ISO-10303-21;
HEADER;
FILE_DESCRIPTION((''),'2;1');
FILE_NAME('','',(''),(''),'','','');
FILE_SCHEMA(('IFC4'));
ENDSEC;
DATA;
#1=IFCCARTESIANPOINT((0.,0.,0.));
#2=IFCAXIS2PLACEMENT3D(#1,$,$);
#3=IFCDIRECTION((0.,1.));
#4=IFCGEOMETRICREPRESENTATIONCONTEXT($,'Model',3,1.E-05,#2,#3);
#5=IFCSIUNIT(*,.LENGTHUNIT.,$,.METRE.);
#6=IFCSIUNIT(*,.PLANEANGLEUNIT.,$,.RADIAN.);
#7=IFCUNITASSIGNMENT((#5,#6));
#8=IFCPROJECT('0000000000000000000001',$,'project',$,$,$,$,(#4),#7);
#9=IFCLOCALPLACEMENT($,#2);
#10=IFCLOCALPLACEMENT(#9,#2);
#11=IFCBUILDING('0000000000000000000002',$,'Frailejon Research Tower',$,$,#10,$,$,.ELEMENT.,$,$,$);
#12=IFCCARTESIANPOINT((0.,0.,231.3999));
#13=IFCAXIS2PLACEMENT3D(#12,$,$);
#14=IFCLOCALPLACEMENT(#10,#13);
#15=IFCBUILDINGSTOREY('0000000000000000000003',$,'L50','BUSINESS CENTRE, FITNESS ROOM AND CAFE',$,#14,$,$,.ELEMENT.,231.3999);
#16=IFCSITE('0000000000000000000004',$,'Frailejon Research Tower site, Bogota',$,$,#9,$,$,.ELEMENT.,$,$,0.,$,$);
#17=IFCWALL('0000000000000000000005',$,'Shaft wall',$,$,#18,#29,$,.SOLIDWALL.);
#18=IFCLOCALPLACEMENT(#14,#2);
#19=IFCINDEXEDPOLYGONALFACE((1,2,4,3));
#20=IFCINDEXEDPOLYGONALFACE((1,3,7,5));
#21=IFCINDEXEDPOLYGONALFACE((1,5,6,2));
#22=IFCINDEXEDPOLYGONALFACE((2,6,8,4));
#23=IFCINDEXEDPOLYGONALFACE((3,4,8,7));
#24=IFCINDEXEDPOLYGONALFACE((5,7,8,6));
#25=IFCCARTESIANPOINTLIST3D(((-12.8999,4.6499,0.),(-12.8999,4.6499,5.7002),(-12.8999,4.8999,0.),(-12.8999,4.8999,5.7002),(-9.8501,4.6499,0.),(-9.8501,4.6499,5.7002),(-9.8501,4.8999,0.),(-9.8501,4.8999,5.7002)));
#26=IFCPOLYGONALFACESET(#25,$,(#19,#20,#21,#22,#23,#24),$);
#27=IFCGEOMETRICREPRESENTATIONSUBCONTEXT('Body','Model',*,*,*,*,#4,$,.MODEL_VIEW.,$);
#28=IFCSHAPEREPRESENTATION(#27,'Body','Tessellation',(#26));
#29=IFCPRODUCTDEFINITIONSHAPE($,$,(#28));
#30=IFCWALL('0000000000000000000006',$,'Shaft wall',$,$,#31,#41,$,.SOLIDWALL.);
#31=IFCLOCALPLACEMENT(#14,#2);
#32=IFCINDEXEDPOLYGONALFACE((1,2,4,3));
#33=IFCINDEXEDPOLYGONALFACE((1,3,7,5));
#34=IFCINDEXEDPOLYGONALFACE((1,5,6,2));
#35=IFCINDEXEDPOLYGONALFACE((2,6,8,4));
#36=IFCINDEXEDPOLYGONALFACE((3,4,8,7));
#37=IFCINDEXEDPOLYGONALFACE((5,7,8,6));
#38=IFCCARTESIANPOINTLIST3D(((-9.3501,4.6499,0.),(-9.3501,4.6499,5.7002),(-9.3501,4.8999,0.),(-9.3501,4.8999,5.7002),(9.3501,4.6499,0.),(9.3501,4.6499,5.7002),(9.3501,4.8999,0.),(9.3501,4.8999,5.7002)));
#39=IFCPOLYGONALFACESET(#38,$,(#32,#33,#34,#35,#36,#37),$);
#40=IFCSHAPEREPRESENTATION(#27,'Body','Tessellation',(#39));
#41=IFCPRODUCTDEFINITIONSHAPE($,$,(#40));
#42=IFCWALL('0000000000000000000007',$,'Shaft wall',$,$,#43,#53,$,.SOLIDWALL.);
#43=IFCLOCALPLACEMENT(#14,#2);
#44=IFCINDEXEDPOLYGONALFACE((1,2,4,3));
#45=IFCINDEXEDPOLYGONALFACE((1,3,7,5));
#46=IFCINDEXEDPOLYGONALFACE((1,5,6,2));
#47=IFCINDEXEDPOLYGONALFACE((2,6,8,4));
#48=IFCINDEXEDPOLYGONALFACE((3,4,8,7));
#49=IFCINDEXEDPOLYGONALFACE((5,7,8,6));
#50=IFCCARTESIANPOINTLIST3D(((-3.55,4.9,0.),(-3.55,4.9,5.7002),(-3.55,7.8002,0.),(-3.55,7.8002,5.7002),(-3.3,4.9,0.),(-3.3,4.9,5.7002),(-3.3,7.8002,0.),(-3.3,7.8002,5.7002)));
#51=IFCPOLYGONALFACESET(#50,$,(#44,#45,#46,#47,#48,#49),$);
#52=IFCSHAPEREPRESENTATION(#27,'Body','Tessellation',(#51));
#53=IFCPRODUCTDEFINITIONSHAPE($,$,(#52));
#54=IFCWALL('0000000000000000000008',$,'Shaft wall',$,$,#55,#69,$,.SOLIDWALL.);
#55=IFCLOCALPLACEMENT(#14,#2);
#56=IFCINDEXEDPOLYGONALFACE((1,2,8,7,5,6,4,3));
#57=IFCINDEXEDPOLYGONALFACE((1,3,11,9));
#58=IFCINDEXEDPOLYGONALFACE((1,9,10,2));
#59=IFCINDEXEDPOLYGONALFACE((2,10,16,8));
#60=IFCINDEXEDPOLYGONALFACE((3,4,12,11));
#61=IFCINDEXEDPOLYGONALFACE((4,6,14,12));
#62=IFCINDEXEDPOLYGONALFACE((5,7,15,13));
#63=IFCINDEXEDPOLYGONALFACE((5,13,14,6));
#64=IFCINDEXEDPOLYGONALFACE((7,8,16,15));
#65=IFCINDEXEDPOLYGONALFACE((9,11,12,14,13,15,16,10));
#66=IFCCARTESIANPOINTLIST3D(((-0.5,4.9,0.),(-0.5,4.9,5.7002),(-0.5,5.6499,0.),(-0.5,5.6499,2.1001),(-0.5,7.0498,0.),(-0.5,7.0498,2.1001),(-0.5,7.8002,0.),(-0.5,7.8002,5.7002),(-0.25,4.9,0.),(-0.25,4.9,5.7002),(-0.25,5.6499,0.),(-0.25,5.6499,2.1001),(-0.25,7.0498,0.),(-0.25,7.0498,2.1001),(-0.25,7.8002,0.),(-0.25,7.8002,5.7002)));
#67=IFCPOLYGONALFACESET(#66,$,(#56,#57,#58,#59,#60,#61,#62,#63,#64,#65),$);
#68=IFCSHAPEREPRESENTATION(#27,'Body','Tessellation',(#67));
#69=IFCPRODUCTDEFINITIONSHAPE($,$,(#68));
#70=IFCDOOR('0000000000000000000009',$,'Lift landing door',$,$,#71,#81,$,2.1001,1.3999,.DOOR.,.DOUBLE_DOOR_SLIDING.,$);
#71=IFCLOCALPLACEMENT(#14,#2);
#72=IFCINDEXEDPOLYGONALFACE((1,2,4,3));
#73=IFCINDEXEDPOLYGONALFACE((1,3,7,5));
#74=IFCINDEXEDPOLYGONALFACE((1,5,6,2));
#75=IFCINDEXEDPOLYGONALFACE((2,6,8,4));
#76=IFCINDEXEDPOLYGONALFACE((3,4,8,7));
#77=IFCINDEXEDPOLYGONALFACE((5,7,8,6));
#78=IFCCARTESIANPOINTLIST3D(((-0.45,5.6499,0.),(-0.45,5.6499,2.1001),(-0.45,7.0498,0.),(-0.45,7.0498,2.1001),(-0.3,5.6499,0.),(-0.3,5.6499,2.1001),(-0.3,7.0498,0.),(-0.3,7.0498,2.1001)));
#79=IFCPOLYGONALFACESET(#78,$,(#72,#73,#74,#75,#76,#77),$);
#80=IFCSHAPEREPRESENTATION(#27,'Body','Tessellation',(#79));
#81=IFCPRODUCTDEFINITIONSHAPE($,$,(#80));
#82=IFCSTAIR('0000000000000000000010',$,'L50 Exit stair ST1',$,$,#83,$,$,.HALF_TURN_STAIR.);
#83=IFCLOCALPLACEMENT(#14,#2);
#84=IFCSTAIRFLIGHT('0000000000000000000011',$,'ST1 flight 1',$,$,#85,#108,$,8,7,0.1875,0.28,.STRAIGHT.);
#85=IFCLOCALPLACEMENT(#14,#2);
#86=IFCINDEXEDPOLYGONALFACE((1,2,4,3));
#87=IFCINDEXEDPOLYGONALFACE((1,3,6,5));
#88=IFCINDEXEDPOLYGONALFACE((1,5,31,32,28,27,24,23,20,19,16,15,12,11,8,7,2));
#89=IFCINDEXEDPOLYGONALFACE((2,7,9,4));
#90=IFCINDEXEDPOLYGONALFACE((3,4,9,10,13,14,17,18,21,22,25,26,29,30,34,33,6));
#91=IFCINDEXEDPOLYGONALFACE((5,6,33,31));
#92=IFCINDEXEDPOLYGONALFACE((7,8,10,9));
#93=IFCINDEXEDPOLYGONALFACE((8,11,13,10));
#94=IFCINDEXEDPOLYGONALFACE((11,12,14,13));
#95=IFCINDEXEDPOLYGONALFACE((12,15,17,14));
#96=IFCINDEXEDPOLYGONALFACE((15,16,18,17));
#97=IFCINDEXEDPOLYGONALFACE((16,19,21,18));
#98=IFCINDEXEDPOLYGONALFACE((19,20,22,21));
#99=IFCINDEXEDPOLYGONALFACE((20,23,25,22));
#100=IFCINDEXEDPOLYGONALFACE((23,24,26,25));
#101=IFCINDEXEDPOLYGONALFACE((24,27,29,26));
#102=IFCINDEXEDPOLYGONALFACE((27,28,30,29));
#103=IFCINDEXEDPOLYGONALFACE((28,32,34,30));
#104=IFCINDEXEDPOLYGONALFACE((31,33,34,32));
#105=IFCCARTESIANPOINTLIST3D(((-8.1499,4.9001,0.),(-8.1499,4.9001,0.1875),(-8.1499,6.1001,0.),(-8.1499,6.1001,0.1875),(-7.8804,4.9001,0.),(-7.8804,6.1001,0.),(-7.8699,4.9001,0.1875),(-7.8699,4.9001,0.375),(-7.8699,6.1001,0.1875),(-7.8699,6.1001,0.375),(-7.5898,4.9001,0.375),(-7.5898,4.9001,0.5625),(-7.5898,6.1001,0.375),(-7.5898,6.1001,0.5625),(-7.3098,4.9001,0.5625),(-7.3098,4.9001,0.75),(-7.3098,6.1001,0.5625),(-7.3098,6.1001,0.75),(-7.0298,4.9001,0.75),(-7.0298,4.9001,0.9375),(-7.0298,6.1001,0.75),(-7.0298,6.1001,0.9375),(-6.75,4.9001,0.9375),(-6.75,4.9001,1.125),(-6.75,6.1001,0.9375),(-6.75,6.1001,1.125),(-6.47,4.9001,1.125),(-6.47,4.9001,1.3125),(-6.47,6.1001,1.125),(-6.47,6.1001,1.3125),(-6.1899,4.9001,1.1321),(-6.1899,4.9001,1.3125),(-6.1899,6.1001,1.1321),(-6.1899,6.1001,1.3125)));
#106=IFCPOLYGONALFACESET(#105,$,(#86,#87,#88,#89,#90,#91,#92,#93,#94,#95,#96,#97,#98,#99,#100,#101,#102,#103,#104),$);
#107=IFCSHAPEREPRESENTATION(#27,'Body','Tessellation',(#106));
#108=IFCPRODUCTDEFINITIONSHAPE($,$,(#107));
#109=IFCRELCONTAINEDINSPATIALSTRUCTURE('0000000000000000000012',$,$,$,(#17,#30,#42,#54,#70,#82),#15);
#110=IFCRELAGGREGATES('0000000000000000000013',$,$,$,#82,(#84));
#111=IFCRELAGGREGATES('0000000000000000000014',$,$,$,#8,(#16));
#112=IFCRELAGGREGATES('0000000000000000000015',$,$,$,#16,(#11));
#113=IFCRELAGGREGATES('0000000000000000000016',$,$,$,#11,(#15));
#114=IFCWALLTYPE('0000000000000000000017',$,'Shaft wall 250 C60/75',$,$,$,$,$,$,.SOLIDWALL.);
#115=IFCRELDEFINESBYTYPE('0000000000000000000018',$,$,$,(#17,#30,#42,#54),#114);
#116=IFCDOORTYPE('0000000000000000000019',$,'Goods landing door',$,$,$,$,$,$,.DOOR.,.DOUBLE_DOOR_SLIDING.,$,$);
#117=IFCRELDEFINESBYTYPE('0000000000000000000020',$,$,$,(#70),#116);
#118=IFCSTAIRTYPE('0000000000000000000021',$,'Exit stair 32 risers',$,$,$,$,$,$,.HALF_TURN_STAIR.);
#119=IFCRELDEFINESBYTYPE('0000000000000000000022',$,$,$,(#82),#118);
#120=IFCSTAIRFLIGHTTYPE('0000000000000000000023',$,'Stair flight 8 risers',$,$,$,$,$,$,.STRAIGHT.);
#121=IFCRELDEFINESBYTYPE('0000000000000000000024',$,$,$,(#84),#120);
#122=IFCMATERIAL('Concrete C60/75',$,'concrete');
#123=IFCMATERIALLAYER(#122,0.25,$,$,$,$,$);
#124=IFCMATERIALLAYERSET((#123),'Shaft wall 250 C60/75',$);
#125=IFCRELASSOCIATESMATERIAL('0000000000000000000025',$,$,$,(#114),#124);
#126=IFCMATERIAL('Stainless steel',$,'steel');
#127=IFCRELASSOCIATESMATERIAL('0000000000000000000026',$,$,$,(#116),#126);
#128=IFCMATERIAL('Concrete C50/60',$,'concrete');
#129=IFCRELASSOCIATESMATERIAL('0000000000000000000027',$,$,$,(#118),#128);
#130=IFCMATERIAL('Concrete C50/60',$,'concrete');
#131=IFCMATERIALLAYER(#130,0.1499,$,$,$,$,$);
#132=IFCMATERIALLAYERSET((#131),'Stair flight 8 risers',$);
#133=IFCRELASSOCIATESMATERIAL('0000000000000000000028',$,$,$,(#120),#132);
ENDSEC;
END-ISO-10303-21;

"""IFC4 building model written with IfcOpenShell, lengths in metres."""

from ifc_helpers import new_model, si_unit, direction, frame, frame_2d, origin, place, context, subcontext, project, spatial, polyline, rectangle, outline, extrude, material, layer, layer_set, type_object, element, fill, aggregate, save


model = new_model("IFC4")

# Units and contexts
model_context = context("Model", 3, precision=1e-05, world=origin(), true_north=direction((0.0, 1.0)))
body_context = subcontext(model_context, "Body", "Model", "MODEL_VIEW")
ifc_project = project(units=[si_unit("LENGTHUNIT", "METRE"), si_unit("PLANEANGLEUNIT", "RADIAN")], contexts=[model_context])

# Site, building, storey
site_placement = place(None, origin())
site = spatial("IfcSite", under=ifc_project, at=site_placement, Name="Frailejon Research Tower site, Bogota", CompositionType="ELEMENT", RefElevation=0.0)
building_placement = place(site_placement, origin())
building = spatial("IfcBuilding", under=site, at=building_placement, Name="Frailejon Research Tower", CompositionType="ELEMENT")
storey_placement = place(building_placement, frame((0.0, 0.0, 231.3999)))
storey = spatial("IfcBuildingStorey", under=building, at=storey_placement, Name="L50", Description="BUSINESS CENTRE, FITNESS ROOM AND CAFE", CompositionType="ELEMENT", Elevation=231.3999)

# Shared definitions
ifc_material_1 = material(Name="Concrete C60/75", Category="concrete")
ifc_layer_1 = layer(ifc_material_1, 0.25)
ifc_layer_set_1 = layer_set([ifc_layer_1], Name="Shaft wall 250 C60/75")
wall_type_1 = type_object("IfcWallType", Name="Shaft wall 250 C60/75", PredefinedType="SOLIDWALL", material=ifc_layer_set_1)

# Walls
wall_1_placement = place(storey_placement, frame((-12.8999, 4.7749, 0.0), z_axis=(0.0, 0.0, 1.0), x_axis=(1.0, 0.0, 0.0)))
element("IfcWall", 1, at=wall_1_placement, inside=storey, type_object=wall_type_1, Name="Shaft wall", PredefinedType="SOLIDWALL", context=body_context, shape_type="SweptSolid", body=[
    extrude(rectangle(XDim=3.0498, YDim=0.25, at=frame_2d((1.5249, 0.0))), origin(), (0.0, 0.0, 1.0), 5.7002),
])
wall_2_placement = place(storey_placement, frame((-9.3501, 4.7749, 0.0), z_axis=(0.0, 0.0, 1.0), x_axis=(1.0, 0.0, 0.0)))
element("IfcWall", 2, at=wall_2_placement, inside=storey, type_object=wall_type_1, Name="Shaft wall", PredefinedType="SOLIDWALL", context=body_context, shape_type="SweptSolid", body=[
    extrude(rectangle(XDim=18.7002, YDim=0.25, at=frame_2d((9.3501, 0.0))), origin(), (0.0, 0.0, 1.0), 5.7002),
])
wall_3_placement = place(storey_placement, frame((-3.425, 4.8999, 0.0), z_axis=(0.0, 0.0, 1.0), x_axis=(0.0, 1.0, 0.0)))
element("IfcWall", 3, at=wall_3_placement, inside=storey, type_object=wall_type_1, Name="Shaft wall", PredefinedType="SOLIDWALL", context=body_context, shape_type="SweptSolid", body=[
    extrude(rectangle(XDim=2.9001, YDim=0.25, at=frame_2d((1.4502, 0.0))), origin(), (0.0, 0.0, 1.0), 5.7002),
])

# Wall, opening, door
wall_4_placement = place(storey_placement, frame((-0.375, 4.8999, 0.0), z_axis=(0.0, 0.0, 1.0), x_axis=(0.0, 1.0, 0.0)))
wall_4 = element("IfcWall", 4, at=wall_4_placement, inside=storey, type_object=wall_type_1, Name="Shaft wall", PredefinedType="SOLIDWALL", context=body_context, shape_type="SweptSolid", body=[
    extrude(rectangle(XDim=2.9001, YDim=0.25, at=frame_2d((1.4502, 0.0))), origin(), (0.0, 0.0, 1.0), 5.7002),
])
opening_1_placement = place(wall_4_placement, frame((0.75, 0.0, 0.0)))
opening_1 = element("IfcOpeningElement", 5, at=opening_1_placement, cuts=wall_4, PredefinedType="OPENING", context=body_context, shape_type="SweptSolid", body=[
    extrude(rectangle(XDim=1.3999, YDim=2.1001, at=frame_2d((0.7, 1.05))), frame((0.0, 0.135, 0.0), z_axis=(0.0, -1.0, 0.0), x_axis=(1.0, 0.0, 0.0)), (0.0, 0.0, 1.0), 0.27),
])
ifc_material_2 = material(Name="Stainless steel", Category="steel")
door_type_1 = type_object("IfcDoorType", Name="Goods landing door", OperationType="DOUBLE_DOOR_SLIDING", PredefinedType="DOOR", material=ifc_material_2)
door_1_placement = place(opening_1_placement, origin())
door_1 = element("IfcDoor", 6, at=door_1_placement, inside=storey, type_object=door_type_1, Name="Lift landing door", OperationType="DOUBLE_DOOR_SLIDING", OverallHeight=2.1001, OverallWidth=1.3999, PredefinedType="DOOR", context=body_context, shape_type="SweptSolid", body=[
    extrude(rectangle(XDim=1.3999, YDim=2.1001, at=frame_2d((0.7, 1.05))), frame((0.0, 0.075, 0.0), z_axis=(0.0, -1.0, 0.0), x_axis=(1.0, 0.0, 0.0)), (0.0, 0.0, 1.0), 0.1499),
])
fill(opening_1, door_1)

# Stair, stair flight
ifc_material_3 = material(Name="Concrete C50/60", Category="concrete")
stair_type = type_object("IfcStairType", Name="Exit stair 32 risers", PredefinedType="HALF_TURN_STAIR", material=ifc_material_3)
stair_placement = place(storey_placement, origin())
stair = element("IfcStair", 7, at=stair_placement, inside=storey, type_object=stair_type, Name="L50 Exit stair ST1", PredefinedType="HALF_TURN_STAIR")
ifc_material_4 = material(Name="Concrete C50/60", Category="concrete")
ifc_layer_2 = layer(ifc_material_4, 0.1499)
ifc_layer_set_2 = layer_set([ifc_layer_2], Name="Stair flight 8 risers")
stair_flight_type = type_object("IfcStairFlightType", Name="Stair flight 8 risers", PredefinedType="STRAIGHT", material=ifc_layer_set_2)
stair_flight_placement = place(storey_placement, frame((-8.1499, 5.5, 0.0), z_axis=(0.0, 0.0, 1.0), x_axis=(1.0, 0.0, 0.0)))
stair_flight = element("IfcStairFlight", 8, at=stair_flight_placement, type_object=stair_flight_type, Name="ST1 flight 1", NumberOfRisers=8, NumberOfTreads=7, PredefinedType="STRAIGHT", RiserHeight=0.1875, TreadLength=0.28, context=body_context, shape_type="SweptSolid", body=[
    extrude(outline(polyline([(0.0, 0.0), (0.0, 0.1875), (0.28, 0.1875), (0.28, 0.375), (0.5601, 0.375), (0.5601, 0.5625), (0.8401, 0.5625), (0.8401, 0.75), (1.1201, 0.75), (1.1201, 0.9375), (1.3999, 0.9375), (1.3999, 1.125), (1.6799, 1.125), (1.6799, 1.3125), (1.96, 1.3125), (1.96, 1.5), (1.96, 1.1321), (0.2695, 0.0), (0.0, 0.0)])), frame((0.0, 0.6001, 0.0), z_axis=(0.0, -1.0, 0.0), x_axis=(1.0, 0.0, 0.0)), (0.0, 0.0, 1.0), 1.2),
])
aggregate(stair, [stair_flight])

save(model, "model.ifc")
